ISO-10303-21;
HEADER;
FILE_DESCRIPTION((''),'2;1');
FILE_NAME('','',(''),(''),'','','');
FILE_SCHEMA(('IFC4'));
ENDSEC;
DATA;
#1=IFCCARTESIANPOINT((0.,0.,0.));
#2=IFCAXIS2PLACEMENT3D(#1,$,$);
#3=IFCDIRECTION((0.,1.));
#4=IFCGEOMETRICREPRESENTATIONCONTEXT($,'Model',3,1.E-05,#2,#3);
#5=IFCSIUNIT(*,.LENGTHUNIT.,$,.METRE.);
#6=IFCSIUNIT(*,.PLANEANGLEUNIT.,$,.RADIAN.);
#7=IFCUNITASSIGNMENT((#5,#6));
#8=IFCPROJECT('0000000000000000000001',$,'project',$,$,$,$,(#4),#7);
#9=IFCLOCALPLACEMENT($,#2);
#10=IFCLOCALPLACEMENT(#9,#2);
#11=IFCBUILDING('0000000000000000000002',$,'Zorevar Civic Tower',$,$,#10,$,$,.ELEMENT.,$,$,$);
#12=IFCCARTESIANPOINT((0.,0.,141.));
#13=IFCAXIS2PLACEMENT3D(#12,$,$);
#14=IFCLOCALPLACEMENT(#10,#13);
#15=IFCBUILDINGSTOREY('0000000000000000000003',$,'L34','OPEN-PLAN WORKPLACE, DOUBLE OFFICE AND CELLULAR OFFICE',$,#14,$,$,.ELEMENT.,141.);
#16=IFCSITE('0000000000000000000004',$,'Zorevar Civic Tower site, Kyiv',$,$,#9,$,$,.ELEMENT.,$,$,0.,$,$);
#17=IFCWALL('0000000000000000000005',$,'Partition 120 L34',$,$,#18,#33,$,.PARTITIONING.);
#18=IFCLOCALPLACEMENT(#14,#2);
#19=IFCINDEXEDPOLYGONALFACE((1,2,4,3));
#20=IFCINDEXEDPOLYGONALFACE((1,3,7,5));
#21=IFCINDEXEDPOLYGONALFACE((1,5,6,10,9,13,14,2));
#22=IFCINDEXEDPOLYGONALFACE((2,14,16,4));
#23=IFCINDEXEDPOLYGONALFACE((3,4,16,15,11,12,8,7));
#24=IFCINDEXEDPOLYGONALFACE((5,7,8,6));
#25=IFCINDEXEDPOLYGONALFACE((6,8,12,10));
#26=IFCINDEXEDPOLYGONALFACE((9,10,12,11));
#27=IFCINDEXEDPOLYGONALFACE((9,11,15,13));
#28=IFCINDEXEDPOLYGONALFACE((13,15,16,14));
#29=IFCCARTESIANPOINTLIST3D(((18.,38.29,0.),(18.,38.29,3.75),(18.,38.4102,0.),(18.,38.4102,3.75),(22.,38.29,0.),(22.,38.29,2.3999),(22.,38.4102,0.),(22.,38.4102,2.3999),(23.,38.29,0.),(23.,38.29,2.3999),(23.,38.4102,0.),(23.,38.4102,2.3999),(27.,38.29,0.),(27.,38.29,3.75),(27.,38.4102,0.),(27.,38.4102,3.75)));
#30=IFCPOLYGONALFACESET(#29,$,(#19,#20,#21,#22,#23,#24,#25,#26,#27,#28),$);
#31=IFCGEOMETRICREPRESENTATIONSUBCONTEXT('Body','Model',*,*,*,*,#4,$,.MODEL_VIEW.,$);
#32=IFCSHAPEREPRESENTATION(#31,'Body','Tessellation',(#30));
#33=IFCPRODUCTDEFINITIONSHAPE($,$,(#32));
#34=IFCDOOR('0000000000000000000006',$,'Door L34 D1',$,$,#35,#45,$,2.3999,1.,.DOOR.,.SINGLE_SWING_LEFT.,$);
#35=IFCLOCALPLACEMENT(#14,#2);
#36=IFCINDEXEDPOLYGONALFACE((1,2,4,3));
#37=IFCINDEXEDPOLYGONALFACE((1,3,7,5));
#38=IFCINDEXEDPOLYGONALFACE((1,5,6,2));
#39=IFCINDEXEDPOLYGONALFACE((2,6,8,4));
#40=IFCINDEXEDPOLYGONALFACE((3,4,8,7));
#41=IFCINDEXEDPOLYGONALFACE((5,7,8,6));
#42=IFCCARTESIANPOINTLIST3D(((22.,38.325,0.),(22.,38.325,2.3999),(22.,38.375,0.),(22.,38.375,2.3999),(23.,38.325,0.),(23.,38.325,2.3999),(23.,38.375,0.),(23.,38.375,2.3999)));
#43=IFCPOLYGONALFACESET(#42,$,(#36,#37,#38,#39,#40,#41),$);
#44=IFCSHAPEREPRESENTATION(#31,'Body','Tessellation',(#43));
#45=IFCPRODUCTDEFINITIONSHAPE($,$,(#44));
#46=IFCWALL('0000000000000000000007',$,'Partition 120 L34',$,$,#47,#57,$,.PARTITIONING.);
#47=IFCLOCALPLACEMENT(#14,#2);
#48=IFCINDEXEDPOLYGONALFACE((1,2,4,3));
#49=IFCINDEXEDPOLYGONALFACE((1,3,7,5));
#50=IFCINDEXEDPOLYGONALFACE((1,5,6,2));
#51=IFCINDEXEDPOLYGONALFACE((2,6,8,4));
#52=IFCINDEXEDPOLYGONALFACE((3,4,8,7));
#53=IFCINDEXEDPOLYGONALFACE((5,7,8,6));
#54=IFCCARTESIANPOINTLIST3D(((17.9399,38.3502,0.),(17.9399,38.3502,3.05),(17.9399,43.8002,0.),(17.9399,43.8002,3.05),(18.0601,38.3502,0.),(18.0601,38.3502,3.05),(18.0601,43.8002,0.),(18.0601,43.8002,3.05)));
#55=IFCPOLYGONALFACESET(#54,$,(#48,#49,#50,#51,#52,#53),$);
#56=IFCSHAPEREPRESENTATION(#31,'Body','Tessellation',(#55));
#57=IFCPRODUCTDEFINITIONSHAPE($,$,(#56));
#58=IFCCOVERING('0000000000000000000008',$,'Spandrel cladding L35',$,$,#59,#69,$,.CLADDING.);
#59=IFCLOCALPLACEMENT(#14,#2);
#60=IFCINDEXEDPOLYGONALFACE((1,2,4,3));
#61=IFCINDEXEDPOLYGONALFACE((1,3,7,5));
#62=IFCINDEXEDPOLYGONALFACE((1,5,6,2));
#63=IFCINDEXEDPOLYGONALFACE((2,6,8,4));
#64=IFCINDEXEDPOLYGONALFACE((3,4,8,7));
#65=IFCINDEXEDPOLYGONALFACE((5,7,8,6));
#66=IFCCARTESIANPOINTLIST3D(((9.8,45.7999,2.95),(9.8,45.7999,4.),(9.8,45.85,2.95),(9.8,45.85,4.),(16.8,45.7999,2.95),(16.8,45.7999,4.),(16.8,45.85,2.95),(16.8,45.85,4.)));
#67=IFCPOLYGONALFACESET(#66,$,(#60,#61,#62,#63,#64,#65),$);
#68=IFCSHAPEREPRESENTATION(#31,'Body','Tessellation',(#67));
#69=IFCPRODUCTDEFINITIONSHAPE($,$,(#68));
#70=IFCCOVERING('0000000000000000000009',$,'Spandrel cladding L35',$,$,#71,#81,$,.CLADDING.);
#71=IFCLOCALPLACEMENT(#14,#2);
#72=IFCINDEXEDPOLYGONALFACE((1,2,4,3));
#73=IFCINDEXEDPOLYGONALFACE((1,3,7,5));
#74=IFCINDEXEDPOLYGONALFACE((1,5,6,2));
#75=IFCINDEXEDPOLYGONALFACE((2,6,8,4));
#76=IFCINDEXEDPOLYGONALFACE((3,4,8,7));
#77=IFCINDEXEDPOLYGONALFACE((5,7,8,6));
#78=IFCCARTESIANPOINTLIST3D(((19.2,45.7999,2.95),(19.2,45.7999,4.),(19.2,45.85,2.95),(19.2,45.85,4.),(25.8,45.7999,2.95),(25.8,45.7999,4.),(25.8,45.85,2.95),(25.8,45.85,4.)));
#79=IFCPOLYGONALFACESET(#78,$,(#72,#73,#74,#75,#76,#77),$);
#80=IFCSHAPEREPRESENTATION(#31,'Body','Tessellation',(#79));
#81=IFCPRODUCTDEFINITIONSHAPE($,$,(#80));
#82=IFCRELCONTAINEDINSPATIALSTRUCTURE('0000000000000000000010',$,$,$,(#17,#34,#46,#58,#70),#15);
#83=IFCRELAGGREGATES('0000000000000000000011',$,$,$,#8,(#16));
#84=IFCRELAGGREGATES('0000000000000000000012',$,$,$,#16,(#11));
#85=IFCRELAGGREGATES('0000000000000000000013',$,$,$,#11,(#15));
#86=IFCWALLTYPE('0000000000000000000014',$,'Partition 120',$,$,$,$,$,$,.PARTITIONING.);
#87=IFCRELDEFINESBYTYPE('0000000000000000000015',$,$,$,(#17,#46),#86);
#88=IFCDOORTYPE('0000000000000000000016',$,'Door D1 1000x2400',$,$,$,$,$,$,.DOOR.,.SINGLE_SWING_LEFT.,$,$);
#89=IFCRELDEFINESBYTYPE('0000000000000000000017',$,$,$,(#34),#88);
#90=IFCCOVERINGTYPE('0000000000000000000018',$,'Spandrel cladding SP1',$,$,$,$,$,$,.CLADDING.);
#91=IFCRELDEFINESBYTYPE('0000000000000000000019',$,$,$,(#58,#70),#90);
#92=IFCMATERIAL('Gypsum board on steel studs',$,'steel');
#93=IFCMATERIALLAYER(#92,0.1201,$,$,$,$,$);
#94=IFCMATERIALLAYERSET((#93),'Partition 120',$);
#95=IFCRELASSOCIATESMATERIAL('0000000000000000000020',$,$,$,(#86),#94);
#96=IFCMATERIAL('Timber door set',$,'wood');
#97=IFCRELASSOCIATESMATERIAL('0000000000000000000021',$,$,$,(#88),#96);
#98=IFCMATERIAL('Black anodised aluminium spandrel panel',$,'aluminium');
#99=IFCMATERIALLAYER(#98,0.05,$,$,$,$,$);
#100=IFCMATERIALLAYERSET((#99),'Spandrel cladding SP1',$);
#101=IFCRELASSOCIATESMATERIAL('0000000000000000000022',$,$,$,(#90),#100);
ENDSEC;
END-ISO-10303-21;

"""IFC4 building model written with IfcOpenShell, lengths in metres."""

from ifc_helpers import new_model, si_unit, direction, frame, frame_2d, origin, place, context, subcontext, project, spatial, rectangle, extrude, material, layer, layer_set, type_object, element, fill, save


model = new_model("IFC4")

# Units and contexts
model_context = context("Model", 3, precision=1e-05, world=origin(), true_north=direction((0.0, 1.0)))
body_context = subcontext(model_context, "Body", "Model", "MODEL_VIEW")
ifc_project = project(units=[si_unit("LENGTHUNIT", "METRE"), si_unit("PLANEANGLEUNIT", "RADIAN")], contexts=[model_context])

# Site, building, storey
site_placement = place(None, origin())
site = spatial("IfcSite", under=ifc_project, at=site_placement, Name="Zorevar Civic Tower site, Kyiv", CompositionType="ELEMENT", RefElevation=0.0)
building_placement = place(site_placement, origin())
building = spatial("IfcBuilding", under=site, at=building_placement, Name="Zorevar Civic Tower", CompositionType="ELEMENT")
storey_placement = place(building_placement, frame((0.0, 0.0, 141.0)))
storey = spatial("IfcBuildingStorey", under=building, at=storey_placement, Name="L34", Description="OPEN-PLAN WORKPLACE, DOUBLE OFFICE AND CELLULAR OFFICE", CompositionType="ELEMENT", Elevation=141.0)

# Wall, opening, door
ifc_material_1 = material(Name="Gypsum board on steel studs", Category="steel")
ifc_layer_1 = layer(ifc_material_1, 0.1201)
ifc_layer_set_1 = layer_set([ifc_layer_1], Name="Partition 120")
wall_type_1 = type_object("IfcWallType", Name="Partition 120", PredefinedType="PARTITIONING", material=ifc_layer_set_1)
wall_1_placement = place(storey_placement, frame((18.0, 38.3501, 0.0), z_axis=(0.0, 0.0, 1.0), x_axis=(1.0, 0.0, 0.0)))
wall_1 = element("IfcWall", 1, at=wall_1_placement, inside=storey, type_object=wall_type_1, Name="Partition 120 L34", PredefinedType="PARTITIONING", context=body_context, shape_type="SweptSolid", body=[
    extrude(rectangle(XDim=9.0, YDim=0.1201, at=frame_2d((4.5, 0.0))), origin(), (0.0, 0.0, 1.0), 3.75),
])
opening_1_placement = place(wall_1_placement, frame((4.0, 0.0, 0.0)))
opening_1 = element("IfcOpeningElement", 2, at=opening_1_placement, cuts=wall_1, PredefinedType="OPENING", context=body_context, shape_type="SweptSolid", body=[
    extrude(rectangle(XDim=1.0, YDim=2.3999, at=frame_2d((0.5, 1.2))), frame((0.0, 0.0701, 0.0), z_axis=(0.0, -1.0, 0.0), x_axis=(1.0, 0.0, 0.0)), (0.0, 0.0, 1.0), 0.1401),
])
ifc_material_2 = material(Name="Timber door set", Category="wood")
door_type_1 = type_object("IfcDoorType", Name="Door D1 1000x2400", OperationType="SINGLE_SWING_LEFT", PredefinedType="DOOR", material=ifc_material_2)
door_1_placement = place(opening_1_placement, origin())
door_1 = element("IfcDoor", 3, at=door_1_placement, inside=storey, type_object=door_type_1, Name="Door L34 D1", OperationType="SINGLE_SWING_LEFT", OverallHeight=2.3999, OverallWidth=1.0, PredefinedType="DOOR", context=body_context, shape_type="SweptSolid", body=[
    extrude(rectangle(XDim=1.0, YDim=2.3999, at=frame_2d((0.5, 1.2))), frame((0.0, 0.0249, 0.0), z_axis=(0.0, -1.0, 0.0), x_axis=(1.0, 0.0, 0.0)), (0.0, 0.0, 1.0), 0.05),
])
fill(opening_1, door_1)

# Wall
wall_2_placement = place(storey_placement, frame((18.0, 38.3501, 0.0), z_axis=(0.0, 0.0, 1.0), x_axis=(0.0, 1.0, 0.0)))
element("IfcWall", 4, at=wall_2_placement, inside=storey, type_object=wall_type_1, Name="Partition 120 L34", PredefinedType="PARTITIONING", context=body_context, shape_type="SweptSolid", body=[
    extrude(rectangle(XDim=5.45, YDim=0.1201, at=frame_2d((2.7251, 0.0))), origin(), (0.0, 0.0, 1.0), 3.05),
])

# Coverings
ifc_material_3 = material(Name="Black anodised aluminium spandrel panel", Category="aluminium")
ifc_layer_2 = layer(ifc_material_3, 0.05)
ifc_layer_set_2 = layer_set([ifc_layer_2], Name="Spandrel cladding SP1")
covering_type = type_object("IfcCoveringType", Name="Spandrel cladding SP1", PredefinedType="CLADDING", material=ifc_layer_set_2)
covering_1_placement = place(storey_placement, frame((9.8, 45.825, 2.95), z_axis=(0.0, 0.0, 1.0), x_axis=(1.0, 0.0, 0.0)))
element("IfcCovering", 5, at=covering_1_placement, inside=storey, type_object=covering_type, Name="Spandrel cladding L35", PredefinedType="CLADDING", context=body_context, shape_type="SweptSolid", body=[
    extrude(rectangle(XDim=7.0, YDim=0.05, at=frame_2d((3.5, 0.0))), origin(), (0.0, 0.0, 1.0), 1.05),
])
covering_2_placement = place(storey_placement, frame((19.2, 45.825, 2.95), z_axis=(0.0, 0.0, 1.0), x_axis=(1.0, 0.0, 0.0)))
element("IfcCovering", 6, at=covering_2_placement, inside=storey, type_object=covering_type, Name="Spandrel cladding L35", PredefinedType="CLADDING", context=body_context, shape_type="SweptSolid", body=[
    extrude(rectangle(XDim=6.6001, YDim=0.05, at=frame_2d((3.3, 0.0))), origin(), (0.0, 0.0, 1.0), 1.05),
])

save(model, "model.ifc")
